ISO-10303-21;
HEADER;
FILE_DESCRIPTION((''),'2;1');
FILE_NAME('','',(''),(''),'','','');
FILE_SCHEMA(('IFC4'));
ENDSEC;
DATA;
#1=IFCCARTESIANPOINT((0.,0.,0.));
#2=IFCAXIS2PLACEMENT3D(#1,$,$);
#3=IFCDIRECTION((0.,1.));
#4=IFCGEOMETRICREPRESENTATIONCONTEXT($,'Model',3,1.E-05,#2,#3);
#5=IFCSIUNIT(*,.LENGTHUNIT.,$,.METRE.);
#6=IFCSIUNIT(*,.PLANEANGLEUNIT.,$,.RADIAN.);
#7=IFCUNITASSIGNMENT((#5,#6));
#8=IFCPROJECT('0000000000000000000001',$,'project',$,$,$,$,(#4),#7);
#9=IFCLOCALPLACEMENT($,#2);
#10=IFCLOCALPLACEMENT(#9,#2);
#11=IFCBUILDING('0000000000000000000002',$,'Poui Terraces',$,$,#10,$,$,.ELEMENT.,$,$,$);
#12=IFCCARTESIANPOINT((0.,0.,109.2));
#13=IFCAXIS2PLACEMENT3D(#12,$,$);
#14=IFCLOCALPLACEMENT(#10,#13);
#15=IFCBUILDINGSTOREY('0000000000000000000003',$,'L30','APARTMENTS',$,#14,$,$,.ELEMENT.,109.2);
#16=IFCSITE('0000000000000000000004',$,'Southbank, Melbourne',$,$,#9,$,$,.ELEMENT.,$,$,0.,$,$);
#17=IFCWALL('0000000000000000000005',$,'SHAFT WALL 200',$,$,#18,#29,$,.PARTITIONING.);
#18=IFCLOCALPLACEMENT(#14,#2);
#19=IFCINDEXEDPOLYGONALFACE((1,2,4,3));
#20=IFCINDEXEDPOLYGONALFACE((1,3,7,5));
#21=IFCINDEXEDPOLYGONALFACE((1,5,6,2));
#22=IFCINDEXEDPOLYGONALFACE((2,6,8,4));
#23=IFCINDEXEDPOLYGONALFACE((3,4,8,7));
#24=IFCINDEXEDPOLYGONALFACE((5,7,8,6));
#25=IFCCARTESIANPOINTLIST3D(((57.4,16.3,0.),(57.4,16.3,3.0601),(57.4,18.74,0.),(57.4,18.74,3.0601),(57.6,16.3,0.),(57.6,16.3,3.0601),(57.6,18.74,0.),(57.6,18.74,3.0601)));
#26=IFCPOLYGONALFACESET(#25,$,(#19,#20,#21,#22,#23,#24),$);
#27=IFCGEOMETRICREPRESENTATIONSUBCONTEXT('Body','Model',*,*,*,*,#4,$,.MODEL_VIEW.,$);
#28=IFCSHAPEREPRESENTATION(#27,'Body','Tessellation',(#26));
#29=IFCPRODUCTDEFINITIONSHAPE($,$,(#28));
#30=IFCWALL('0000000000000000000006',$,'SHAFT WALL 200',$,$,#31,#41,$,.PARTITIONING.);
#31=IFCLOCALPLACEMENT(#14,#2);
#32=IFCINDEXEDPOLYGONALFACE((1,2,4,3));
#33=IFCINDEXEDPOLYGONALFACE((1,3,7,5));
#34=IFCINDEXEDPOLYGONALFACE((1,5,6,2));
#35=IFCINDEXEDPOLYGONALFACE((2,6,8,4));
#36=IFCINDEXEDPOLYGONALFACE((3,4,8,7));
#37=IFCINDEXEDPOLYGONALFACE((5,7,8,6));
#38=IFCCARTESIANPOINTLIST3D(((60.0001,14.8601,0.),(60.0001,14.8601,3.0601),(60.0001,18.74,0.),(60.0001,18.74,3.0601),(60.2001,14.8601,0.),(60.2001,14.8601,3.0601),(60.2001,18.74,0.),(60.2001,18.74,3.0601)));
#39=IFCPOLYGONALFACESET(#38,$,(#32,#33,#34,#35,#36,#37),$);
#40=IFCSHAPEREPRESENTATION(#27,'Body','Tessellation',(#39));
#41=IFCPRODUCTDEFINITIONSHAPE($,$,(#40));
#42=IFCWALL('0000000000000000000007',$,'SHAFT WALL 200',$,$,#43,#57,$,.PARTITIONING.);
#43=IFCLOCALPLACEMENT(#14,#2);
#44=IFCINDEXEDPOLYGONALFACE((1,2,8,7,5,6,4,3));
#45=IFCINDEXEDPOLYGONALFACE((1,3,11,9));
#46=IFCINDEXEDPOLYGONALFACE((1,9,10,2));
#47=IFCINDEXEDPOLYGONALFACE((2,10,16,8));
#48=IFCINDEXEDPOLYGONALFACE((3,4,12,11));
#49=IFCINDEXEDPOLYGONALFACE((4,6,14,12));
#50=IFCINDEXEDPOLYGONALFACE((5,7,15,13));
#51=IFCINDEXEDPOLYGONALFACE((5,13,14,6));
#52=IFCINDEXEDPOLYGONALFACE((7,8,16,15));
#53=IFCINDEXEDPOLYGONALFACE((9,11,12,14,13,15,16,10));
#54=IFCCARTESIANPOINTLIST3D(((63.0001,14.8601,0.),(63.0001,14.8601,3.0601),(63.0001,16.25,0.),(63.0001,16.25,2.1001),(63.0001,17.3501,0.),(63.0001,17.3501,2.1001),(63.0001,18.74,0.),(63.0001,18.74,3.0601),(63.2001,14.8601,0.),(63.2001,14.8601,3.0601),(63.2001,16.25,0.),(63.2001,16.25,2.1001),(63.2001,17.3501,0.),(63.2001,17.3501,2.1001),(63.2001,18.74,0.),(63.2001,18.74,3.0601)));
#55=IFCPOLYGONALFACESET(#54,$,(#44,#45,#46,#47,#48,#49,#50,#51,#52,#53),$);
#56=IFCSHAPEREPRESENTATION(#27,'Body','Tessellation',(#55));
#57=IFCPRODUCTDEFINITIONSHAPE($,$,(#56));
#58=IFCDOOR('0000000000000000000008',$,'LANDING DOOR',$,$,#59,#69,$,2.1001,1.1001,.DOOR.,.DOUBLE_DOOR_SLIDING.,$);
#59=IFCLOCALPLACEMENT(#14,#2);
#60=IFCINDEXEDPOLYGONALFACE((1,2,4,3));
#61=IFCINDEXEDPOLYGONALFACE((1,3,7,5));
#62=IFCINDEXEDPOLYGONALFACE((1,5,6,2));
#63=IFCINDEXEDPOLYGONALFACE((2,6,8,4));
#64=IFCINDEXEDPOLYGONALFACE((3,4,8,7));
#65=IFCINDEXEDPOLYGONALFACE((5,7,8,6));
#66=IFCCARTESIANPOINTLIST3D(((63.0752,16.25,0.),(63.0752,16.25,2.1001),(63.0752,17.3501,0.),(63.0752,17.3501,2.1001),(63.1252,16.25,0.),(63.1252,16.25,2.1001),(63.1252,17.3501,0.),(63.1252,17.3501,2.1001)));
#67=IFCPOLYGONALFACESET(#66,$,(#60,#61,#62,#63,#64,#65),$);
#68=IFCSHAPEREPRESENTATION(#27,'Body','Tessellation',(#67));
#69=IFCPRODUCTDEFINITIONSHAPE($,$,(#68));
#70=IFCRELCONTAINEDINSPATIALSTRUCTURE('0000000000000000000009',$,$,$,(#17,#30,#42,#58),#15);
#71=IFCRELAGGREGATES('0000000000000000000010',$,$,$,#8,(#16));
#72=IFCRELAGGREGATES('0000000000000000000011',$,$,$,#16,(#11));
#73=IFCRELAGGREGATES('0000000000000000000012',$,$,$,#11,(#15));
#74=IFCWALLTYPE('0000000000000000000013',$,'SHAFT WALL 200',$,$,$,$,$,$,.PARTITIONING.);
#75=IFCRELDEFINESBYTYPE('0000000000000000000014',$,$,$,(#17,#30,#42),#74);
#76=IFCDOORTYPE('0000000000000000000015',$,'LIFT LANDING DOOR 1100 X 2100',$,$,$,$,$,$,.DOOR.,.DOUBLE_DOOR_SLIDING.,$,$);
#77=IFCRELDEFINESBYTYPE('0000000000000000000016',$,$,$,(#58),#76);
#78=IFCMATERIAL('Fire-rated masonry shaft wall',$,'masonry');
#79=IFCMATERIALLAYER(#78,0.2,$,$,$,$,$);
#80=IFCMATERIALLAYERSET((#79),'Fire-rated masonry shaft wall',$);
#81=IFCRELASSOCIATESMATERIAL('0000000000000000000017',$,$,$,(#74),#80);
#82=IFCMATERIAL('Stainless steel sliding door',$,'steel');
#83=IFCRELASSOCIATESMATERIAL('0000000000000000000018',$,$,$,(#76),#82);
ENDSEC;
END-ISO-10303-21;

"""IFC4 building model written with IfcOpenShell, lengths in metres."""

from ifc_helpers import new_model, si_unit, direction, frame, frame_2d, origin, place, context, subcontext, project, spatial, rectangle, extrude, material, layer, layer_set, type_object, element, fill, save


model = new_model("IFC4")

# Units and contexts
model_context = context("Model", 3, precision=1e-05, world=origin(), true_north=direction((0.0, 1.0)))
body_context = subcontext(model_context, "Body", "Model", "MODEL_VIEW")
ifc_project = project(units=[si_unit("LENGTHUNIT", "METRE"), si_unit("PLANEANGLEUNIT", "RADIAN")], contexts=[model_context])

# Site, building, storey
site_placement = place(None, origin())
site = spatial("IfcSite", under=ifc_project, at=site_placement, Name="Southbank, Melbourne", CompositionType="ELEMENT", RefElevation=0.0)
building_placement = place(site_placement, origin())
building = spatial("IfcBuilding", under=site, at=building_placement, Name="Poui Terraces", CompositionType="ELEMENT")
storey_placement = place(building_placement, frame((0.0, 0.0, 109.2)))
storey = spatial("IfcBuildingStorey", under=building, at=storey_placement, Name="L30", Description="APARTMENTS", CompositionType="ELEMENT", Elevation=109.2)

# Walls
ifc_material_1 = material(Name="Fire-rated masonry shaft wall", Category="masonry")
ifc_layer_1 = layer(ifc_material_1, 0.2)
ifc_layer_set_1 = layer_set([ifc_layer_1], Name="Fire-rated masonry shaft wall")
wall_type_1 = type_object("IfcWallType", Name="SHAFT WALL 200", PredefinedType="PARTITIONING", material=ifc_layer_set_1)
for number, where, z_axis, x_axis, name in (
    (1, (57.5, 16.3, 0.0), (0.0, 0.0, 1.0), (0.0, 1.0, 0.0), "SHAFT WALL 200"),
):
    element("IfcWall", number, at=place(storey_placement, frame(where, z_axis=z_axis, x_axis=x_axis)), inside=storey, type_object=wall_type_1, Name=name, PredefinedType="PARTITIONING", context=body_context, shape_type="SweptSolid", body=[
        extrude(rectangle(XDim=2.4399, YDim=0.2, at=frame_2d((1.22, 0.0))), origin(), (0.0, 0.0, 1.0), 3.0601),
    ])
wall_1_placement = place(storey_placement, frame((60.1001, 14.8601, 0.0), z_axis=(0.0, 0.0, 1.0), x_axis=(0.0, 1.0, 0.0)))
element("IfcWall", 2, at=wall_1_placement, inside=storey, type_object=wall_type_1, Name="SHAFT WALL 200", PredefinedType="PARTITIONING", context=body_context, shape_type="SweptSolid", body=[
    extrude(rectangle(XDim=3.8799, YDim=0.2, at=frame_2d((1.9399, 0.0))), origin(), (0.0, 0.0, 1.0), 3.0601),
])

# Wall, opening, door
wall_2_placement = place(storey_placement, frame((63.1001, 14.8601, 0.0), z_axis=(0.0, 0.0, 1.0), x_axis=(0.0, 1.0, 0.0)))
wall_2 = element("IfcWall", 3, at=wall_2_placement, inside=storey, type_object=wall_type_1, Name="SHAFT WALL 200", PredefinedType="PARTITIONING", context=body_context, shape_type="SweptSolid", body=[
    extrude(rectangle(XDim=3.8799, YDim=0.2, at=frame_2d((1.9399, 0.0))), origin(), (0.0, 0.0, 1.0), 3.0601),
])
opening_1_placement = place(wall_2_placement, frame((1.3899, 0.0, 0.0)))
opening_1 = element("IfcOpeningElement", 4, at=opening_1_placement, cuts=wall_2, PredefinedType="OPENING", context=body_context, shape_type="SweptSolid", body=[
    extrude(rectangle(XDim=1.1001, YDim=2.1001, at=frame_2d((0.55, 1.05))), frame((0.0, 0.1099, 0.0), z_axis=(0.0, -1.0, 0.0), x_axis=(1.0, 0.0, 0.0)), (0.0, 0.0, 1.0), 0.22),
])
ifc_material_2 = material(Name="Stainless steel sliding door", Category="steel")
door_type_1 = type_object("IfcDoorType", Name="LIFT LANDING DOOR 1100 X 2100", OperationType="DOUBLE_DOOR_SLIDING", PredefinedType="DOOR", material=ifc_material_2)
door_1_placement = place(opening_1_placement, origin())
door_1 = element("IfcDoor", 5, at=door_1_placement, inside=storey, type_object=door_type_1, Name="LANDING DOOR", OperationType="DOUBLE_DOOR_SLIDING", OverallHeight=2.1001, OverallWidth=1.1001, PredefinedType="DOOR", context=body_context, shape_type="SweptSolid", body=[
    extrude(rectangle(XDim=1.1001, YDim=2.1001, at=frame_2d((0.55, 1.05))), frame((0.0, 0.0249, 0.0), z_axis=(0.0, -1.0, 0.0), x_axis=(1.0, 0.0, 0.0)), (0.0, 0.0, 1.0), 0.05),
])
fill(opening_1, door_1)

save(model, "model.ifc")
